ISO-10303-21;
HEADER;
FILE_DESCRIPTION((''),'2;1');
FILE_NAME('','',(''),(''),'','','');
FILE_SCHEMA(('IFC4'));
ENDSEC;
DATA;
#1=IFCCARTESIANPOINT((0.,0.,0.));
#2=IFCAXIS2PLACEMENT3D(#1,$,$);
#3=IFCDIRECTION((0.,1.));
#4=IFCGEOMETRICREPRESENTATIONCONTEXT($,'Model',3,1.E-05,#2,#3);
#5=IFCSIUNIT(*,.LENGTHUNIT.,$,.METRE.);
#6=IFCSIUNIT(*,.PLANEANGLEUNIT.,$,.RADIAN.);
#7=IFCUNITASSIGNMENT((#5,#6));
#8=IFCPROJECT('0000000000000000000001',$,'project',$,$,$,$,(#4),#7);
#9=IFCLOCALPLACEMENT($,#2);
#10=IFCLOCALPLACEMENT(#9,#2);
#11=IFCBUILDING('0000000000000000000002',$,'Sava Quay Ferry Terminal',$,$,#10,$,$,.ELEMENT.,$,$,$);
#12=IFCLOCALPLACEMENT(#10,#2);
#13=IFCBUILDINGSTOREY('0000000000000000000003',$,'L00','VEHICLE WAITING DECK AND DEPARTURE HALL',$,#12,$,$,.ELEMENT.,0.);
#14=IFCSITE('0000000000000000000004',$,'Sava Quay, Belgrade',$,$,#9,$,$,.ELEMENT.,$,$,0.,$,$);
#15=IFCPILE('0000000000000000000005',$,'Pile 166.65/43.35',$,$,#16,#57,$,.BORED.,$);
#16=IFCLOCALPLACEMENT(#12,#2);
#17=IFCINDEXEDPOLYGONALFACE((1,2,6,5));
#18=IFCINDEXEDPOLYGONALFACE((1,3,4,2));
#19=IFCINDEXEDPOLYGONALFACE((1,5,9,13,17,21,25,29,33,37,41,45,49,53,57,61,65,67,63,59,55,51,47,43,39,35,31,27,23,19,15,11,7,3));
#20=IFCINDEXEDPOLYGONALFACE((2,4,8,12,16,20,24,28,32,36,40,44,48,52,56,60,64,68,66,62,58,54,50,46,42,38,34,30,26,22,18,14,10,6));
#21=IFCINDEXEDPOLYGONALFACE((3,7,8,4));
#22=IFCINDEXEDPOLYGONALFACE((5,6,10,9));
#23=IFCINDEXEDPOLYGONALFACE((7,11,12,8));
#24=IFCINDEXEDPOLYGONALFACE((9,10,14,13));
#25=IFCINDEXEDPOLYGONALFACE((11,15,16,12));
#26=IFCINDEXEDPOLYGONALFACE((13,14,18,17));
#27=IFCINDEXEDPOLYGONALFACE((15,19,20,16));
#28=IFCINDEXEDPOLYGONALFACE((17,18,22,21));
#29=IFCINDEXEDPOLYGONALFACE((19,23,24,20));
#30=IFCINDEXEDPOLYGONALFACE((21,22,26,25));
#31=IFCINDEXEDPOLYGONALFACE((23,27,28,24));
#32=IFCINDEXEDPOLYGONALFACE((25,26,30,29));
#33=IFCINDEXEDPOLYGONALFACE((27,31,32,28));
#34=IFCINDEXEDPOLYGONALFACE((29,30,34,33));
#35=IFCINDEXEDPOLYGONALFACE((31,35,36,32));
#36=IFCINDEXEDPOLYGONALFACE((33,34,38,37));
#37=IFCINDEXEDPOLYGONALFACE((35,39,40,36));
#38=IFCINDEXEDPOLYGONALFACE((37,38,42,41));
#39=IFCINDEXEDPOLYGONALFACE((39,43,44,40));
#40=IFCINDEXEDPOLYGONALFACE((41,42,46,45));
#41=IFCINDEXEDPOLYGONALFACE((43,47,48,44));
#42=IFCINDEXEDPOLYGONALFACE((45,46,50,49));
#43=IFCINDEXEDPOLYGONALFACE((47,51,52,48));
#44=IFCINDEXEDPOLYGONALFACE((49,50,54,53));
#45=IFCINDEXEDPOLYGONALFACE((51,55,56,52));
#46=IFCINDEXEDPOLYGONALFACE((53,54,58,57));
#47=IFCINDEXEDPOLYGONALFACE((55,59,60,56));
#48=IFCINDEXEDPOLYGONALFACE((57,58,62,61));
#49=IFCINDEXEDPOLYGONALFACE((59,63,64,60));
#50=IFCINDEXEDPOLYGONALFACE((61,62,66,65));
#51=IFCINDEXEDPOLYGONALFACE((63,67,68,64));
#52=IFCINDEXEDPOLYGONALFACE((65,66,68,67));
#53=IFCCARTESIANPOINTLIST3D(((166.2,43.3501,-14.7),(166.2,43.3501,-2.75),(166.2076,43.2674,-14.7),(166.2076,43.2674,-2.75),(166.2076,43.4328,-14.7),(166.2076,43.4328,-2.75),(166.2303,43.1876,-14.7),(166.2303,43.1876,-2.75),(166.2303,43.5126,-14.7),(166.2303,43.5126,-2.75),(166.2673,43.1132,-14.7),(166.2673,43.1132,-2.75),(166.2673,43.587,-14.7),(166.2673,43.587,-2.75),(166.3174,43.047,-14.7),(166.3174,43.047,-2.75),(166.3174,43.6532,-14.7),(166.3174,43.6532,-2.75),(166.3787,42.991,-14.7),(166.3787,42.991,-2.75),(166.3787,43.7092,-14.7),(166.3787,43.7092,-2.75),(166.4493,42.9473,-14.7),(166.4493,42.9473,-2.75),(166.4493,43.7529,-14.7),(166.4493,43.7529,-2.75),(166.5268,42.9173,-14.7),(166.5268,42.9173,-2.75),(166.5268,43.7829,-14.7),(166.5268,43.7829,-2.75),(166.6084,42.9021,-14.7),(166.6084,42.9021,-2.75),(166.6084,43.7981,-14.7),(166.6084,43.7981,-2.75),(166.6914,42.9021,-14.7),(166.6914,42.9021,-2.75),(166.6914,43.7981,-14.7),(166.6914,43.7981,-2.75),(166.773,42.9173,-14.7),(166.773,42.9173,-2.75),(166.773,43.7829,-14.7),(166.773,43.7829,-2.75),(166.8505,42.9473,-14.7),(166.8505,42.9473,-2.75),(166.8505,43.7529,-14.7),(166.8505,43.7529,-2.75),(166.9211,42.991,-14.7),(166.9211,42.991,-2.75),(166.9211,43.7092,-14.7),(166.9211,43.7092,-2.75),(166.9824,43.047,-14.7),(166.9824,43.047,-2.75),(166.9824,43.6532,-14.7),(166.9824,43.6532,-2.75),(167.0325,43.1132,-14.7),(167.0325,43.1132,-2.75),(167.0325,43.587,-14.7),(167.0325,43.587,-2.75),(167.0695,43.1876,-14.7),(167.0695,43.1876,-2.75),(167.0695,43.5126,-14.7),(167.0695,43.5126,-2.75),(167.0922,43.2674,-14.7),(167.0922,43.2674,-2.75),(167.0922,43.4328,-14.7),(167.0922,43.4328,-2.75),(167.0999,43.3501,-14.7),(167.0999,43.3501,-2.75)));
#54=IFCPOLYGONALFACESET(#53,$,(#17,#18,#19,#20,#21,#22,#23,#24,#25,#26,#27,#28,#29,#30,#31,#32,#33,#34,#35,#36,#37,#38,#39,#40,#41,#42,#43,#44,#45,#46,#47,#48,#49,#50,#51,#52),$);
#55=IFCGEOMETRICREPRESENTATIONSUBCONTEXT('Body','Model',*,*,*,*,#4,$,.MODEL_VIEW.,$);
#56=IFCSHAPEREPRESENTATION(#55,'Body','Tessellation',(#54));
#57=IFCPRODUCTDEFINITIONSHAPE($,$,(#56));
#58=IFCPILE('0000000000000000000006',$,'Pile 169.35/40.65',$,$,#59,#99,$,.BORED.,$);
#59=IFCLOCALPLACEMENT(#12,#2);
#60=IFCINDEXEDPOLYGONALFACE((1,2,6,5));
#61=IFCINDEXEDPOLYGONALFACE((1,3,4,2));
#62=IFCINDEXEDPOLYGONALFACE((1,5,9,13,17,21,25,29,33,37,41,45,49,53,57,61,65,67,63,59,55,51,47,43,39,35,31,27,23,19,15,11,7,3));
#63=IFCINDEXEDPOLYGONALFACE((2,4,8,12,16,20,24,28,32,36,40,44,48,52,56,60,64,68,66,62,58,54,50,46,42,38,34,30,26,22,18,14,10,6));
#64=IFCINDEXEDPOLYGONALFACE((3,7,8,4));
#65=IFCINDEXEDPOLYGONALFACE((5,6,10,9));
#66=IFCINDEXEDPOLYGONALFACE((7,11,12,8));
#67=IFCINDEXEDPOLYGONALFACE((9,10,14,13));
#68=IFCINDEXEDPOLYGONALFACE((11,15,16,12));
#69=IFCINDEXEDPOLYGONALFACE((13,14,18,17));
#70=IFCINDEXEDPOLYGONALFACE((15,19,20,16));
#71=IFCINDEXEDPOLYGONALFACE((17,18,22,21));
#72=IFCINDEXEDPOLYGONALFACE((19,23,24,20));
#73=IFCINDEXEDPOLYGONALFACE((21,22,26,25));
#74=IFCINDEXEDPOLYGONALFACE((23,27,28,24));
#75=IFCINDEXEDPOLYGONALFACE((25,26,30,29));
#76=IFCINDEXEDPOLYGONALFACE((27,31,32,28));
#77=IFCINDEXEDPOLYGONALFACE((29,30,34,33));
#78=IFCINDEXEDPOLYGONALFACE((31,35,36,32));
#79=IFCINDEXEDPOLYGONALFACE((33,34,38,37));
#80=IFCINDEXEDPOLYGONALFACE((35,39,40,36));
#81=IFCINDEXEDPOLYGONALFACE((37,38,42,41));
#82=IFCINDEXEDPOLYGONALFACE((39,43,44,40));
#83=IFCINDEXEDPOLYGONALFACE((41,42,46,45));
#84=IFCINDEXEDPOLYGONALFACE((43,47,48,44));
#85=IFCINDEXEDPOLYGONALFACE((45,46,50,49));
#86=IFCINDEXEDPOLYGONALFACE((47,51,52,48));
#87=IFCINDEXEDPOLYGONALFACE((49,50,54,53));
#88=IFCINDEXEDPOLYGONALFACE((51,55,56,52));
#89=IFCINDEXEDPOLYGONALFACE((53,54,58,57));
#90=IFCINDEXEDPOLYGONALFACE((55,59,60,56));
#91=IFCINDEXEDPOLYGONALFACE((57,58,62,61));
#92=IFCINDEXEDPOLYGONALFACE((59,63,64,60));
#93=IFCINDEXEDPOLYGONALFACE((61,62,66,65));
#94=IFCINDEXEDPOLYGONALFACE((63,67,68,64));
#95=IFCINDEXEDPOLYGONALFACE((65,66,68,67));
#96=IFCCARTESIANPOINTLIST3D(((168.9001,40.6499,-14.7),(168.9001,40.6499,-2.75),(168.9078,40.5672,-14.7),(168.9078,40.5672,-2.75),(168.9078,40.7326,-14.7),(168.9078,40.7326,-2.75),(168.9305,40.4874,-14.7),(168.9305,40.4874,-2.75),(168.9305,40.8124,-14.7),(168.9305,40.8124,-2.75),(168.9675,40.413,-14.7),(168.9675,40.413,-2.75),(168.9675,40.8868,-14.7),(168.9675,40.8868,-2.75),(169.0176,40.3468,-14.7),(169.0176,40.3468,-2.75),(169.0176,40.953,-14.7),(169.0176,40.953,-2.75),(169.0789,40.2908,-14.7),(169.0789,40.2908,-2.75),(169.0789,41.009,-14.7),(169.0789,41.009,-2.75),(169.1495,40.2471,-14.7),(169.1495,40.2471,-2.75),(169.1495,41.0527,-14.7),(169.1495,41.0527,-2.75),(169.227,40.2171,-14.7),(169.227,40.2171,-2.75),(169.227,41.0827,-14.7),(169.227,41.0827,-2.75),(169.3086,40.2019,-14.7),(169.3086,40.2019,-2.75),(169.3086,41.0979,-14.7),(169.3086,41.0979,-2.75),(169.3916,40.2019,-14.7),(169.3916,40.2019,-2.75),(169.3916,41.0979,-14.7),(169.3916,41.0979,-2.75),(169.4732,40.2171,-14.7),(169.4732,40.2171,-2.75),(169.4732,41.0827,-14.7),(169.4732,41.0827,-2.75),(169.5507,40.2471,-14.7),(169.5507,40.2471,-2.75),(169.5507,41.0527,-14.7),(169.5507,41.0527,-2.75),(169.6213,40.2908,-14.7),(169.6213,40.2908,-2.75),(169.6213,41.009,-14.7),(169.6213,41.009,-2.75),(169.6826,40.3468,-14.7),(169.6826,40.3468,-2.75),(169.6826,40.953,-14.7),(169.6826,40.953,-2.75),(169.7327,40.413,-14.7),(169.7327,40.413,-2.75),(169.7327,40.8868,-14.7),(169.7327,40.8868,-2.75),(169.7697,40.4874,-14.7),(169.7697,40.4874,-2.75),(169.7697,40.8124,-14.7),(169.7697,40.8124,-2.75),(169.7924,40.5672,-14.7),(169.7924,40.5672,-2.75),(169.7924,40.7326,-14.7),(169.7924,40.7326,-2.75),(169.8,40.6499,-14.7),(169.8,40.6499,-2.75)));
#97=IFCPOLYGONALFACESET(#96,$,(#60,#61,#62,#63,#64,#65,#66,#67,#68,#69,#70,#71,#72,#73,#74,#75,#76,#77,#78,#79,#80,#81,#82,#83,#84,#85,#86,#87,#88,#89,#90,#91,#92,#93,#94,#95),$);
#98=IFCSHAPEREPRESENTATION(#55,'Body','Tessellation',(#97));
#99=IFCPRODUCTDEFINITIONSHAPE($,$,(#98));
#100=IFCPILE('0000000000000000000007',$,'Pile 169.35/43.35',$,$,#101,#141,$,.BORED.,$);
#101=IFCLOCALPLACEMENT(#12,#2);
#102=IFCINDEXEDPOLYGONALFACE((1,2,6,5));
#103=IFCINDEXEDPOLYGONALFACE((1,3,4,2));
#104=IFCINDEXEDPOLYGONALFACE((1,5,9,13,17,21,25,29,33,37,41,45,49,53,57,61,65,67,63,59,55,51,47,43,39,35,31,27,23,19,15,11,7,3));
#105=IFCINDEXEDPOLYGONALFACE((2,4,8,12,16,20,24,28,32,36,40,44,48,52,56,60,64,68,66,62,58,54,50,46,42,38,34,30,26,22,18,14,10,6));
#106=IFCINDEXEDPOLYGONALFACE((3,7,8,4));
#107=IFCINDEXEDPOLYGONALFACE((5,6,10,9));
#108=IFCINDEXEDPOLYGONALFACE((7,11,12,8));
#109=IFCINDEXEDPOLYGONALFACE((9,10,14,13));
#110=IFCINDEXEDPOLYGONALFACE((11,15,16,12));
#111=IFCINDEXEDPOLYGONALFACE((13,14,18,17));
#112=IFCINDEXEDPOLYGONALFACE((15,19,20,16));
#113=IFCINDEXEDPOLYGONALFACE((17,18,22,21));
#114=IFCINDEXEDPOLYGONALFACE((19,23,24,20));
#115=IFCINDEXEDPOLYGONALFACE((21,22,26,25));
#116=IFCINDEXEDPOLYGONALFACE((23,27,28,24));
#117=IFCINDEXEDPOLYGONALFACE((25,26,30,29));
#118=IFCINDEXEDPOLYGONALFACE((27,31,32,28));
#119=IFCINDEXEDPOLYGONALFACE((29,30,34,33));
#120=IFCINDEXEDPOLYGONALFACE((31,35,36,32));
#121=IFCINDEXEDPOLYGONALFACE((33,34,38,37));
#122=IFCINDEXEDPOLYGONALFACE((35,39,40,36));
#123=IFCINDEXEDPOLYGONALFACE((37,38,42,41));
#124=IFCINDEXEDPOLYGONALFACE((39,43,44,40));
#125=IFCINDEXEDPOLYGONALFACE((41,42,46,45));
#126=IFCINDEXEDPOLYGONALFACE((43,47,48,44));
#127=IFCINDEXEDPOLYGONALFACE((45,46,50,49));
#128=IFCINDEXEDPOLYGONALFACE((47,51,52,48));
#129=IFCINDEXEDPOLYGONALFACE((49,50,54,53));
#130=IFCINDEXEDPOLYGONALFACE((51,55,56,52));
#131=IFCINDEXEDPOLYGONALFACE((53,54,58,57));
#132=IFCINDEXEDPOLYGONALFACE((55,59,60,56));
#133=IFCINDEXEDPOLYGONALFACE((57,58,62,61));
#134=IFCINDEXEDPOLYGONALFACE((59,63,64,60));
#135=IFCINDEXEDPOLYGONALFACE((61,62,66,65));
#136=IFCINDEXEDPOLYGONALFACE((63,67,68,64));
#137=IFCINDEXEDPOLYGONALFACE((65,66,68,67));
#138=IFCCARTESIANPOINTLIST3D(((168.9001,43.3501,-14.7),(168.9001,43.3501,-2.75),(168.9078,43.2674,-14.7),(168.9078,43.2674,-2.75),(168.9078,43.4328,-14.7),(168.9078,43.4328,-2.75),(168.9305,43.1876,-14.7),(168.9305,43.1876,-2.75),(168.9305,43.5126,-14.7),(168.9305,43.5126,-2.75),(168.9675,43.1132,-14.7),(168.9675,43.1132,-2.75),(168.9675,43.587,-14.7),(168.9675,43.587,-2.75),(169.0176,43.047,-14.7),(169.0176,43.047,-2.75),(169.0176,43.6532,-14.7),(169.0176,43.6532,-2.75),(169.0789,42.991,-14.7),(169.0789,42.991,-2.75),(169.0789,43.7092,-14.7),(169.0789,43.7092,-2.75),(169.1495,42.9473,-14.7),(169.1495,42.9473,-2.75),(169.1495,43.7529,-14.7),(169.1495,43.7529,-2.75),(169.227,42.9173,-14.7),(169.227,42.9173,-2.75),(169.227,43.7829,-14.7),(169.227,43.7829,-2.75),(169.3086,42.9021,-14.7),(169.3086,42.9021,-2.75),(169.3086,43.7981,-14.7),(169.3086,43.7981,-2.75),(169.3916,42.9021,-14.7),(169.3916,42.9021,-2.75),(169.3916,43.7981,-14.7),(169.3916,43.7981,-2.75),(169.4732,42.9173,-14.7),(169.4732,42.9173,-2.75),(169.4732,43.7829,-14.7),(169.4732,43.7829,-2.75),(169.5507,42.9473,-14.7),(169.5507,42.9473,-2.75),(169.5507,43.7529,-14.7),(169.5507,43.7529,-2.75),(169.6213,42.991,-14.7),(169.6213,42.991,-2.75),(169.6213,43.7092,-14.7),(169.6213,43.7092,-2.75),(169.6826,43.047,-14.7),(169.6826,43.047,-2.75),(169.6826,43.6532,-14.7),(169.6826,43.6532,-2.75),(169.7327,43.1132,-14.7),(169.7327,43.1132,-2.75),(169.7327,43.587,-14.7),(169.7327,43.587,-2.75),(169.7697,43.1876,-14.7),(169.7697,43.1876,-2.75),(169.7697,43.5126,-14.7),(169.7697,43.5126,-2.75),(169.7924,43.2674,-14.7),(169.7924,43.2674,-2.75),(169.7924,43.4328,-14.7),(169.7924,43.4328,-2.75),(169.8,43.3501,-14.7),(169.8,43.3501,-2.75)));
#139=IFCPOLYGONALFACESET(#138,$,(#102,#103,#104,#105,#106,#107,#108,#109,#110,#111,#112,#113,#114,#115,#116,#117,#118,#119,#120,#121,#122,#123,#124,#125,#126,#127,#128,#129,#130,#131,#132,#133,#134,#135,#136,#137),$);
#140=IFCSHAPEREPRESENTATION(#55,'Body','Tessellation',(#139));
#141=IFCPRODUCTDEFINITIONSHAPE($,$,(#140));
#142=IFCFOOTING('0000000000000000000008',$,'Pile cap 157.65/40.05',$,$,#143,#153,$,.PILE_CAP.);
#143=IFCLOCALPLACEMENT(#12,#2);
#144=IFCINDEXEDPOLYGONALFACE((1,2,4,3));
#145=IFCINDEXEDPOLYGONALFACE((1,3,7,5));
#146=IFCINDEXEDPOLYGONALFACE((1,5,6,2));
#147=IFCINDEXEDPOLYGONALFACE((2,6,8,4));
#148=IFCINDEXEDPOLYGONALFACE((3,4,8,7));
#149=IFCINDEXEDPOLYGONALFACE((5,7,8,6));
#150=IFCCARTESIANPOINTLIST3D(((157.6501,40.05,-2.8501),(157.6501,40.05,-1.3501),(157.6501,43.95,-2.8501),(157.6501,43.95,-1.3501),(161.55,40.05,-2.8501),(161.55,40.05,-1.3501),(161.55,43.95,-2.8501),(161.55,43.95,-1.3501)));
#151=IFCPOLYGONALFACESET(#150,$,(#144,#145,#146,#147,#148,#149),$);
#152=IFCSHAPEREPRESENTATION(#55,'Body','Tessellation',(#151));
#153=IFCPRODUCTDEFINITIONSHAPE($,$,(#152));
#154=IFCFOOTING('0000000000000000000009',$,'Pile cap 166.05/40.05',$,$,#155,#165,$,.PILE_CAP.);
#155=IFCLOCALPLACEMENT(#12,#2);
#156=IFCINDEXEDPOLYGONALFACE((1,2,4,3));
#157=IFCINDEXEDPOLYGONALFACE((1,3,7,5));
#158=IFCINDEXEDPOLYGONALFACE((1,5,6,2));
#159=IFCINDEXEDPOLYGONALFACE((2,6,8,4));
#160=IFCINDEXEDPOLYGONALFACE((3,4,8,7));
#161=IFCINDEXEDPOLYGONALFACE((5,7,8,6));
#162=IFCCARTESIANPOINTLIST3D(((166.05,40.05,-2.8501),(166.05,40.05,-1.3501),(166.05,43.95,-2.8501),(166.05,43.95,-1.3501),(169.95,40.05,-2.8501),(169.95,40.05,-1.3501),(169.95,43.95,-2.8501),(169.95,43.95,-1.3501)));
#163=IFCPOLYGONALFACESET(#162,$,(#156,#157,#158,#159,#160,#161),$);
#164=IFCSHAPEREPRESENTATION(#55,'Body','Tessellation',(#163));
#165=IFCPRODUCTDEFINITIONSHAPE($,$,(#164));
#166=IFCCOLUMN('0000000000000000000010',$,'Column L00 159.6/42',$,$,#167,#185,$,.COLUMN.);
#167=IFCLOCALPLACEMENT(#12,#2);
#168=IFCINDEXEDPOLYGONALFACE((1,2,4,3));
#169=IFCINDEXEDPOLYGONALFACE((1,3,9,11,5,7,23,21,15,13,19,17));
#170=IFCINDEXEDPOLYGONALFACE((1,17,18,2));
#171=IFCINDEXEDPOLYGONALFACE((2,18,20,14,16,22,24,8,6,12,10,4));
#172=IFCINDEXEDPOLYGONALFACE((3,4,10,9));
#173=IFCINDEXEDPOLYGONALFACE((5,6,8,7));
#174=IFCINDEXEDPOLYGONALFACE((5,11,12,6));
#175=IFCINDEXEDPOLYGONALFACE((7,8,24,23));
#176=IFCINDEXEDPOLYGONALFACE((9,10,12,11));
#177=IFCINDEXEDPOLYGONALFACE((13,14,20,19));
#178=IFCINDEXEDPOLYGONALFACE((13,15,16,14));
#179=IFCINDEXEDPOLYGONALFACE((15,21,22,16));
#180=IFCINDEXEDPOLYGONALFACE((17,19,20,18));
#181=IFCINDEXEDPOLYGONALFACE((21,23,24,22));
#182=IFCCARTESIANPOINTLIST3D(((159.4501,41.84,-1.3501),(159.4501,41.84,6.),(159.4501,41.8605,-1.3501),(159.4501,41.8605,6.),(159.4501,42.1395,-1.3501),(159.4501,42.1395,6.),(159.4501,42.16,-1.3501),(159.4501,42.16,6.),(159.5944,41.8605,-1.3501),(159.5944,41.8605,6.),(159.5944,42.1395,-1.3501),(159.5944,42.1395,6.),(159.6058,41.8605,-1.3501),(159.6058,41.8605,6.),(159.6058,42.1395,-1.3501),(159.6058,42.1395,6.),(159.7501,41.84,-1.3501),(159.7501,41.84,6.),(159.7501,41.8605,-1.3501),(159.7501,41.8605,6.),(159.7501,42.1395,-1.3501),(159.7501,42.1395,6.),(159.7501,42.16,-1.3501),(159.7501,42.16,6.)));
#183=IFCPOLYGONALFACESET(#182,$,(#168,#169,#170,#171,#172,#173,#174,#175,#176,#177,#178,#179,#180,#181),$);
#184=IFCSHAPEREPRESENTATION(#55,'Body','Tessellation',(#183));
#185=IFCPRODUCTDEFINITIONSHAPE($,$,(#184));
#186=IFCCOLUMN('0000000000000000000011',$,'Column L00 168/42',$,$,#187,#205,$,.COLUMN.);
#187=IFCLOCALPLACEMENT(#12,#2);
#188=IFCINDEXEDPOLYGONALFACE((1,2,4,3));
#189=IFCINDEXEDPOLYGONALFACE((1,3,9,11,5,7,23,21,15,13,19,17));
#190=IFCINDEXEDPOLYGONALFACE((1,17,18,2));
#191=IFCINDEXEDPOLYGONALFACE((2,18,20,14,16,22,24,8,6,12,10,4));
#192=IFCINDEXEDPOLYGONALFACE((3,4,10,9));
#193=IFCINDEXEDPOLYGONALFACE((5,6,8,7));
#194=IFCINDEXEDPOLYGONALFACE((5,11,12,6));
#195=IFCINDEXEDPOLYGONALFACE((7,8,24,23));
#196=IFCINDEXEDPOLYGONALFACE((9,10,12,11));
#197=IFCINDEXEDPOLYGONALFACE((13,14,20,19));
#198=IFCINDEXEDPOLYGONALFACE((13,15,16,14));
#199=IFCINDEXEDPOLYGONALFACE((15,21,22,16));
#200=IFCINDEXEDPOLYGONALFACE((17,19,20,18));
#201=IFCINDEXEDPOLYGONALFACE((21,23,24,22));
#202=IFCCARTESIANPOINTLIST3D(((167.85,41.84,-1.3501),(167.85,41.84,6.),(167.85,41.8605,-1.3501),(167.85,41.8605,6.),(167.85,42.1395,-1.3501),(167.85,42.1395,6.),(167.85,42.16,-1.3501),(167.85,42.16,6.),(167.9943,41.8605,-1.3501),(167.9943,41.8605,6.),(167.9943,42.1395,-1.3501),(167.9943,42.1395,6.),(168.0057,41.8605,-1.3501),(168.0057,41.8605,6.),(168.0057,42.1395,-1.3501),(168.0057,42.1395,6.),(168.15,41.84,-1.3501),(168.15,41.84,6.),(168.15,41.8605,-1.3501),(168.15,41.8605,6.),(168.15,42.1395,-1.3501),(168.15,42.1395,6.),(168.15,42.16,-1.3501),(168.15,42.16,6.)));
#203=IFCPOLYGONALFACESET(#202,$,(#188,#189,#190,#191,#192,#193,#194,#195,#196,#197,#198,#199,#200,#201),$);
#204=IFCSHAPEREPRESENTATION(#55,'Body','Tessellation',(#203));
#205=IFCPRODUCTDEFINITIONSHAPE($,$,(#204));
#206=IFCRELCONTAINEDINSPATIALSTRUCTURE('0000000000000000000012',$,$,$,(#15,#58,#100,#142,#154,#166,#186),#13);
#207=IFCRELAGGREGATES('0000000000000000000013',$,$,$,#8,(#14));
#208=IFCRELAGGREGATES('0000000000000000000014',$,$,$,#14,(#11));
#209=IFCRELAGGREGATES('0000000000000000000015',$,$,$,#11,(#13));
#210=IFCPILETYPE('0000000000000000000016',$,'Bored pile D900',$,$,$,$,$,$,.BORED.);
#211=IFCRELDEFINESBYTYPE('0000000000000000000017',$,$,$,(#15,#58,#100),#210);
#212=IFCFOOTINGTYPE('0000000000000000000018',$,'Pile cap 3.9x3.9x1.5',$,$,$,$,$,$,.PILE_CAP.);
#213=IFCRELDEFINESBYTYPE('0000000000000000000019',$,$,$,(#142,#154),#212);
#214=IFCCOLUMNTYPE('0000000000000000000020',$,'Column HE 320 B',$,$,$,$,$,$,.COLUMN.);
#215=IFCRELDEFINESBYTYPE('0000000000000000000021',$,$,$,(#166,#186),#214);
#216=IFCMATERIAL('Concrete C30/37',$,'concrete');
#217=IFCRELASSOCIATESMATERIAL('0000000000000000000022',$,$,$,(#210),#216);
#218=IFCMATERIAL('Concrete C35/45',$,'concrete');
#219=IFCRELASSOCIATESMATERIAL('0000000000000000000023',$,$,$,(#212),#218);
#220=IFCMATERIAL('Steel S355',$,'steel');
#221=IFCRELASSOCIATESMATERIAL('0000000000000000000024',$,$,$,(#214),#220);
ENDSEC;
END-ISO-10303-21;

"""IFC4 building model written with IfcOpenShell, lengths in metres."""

from ifc_helpers import new_model, si_unit, direction, frame, origin, origin_2d, place, context, subcontext, project, spatial, rectangle, circle, i_section, extrude, material, material_profile, profile_set, type_object, element, save


model = new_model("IFC4")

# Units and contexts
model_context = context("Model", 3, precision=1e-05, world=origin(), true_north=direction((0.0, 1.0)))
body_context = subcontext(model_context, "Body", "Model", "MODEL_VIEW")
ifc_project = project(units=[si_unit("LENGTHUNIT", "METRE"), si_unit("PLANEANGLEUNIT", "RADIAN")], contexts=[model_context])

# Site, building, storey
site_placement = place(None, origin())
site = spatial("IfcSite", under=ifc_project, at=site_placement, Name="Sava Quay, Belgrade", CompositionType="ELEMENT", RefElevation=0.0)
building_placement = place(site_placement, origin())
building = spatial("IfcBuilding", under=site, at=building_placement, Name="Sava Quay Ferry Terminal", CompositionType="ELEMENT")
storey_placement = place(building_placement, origin())
storey = spatial("IfcBuildingStorey", under=building, at=storey_placement, Name="L00", Description="VEHICLE WAITING DECK AND DEPARTURE HALL", CompositionType="ELEMENT", Elevation=0.0)

# Piles
ifc_material_1 = material(Name="Concrete C30/37", Category="concrete")
ifc_material_profile_1 = material_profile(ifc_material_1, circle(Radius=0.45, at=origin_2d()), Name="Bored pile D900")
ifc_profile_set_1 = profile_set([ifc_material_profile_1], Name="Concrete C30/37")
pile_type = type_object("IfcPileType", Name="Bored pile D900", PredefinedType="BORED", material=ifc_profile_set_1)
for number, where, z_axis, x_axis, name in (
    (1, (166.6499, 43.3501, -2.75), (0.0, 0.0, -1.0), (1.0, 0.0, 0.0), "Pile 166.65/43.35"),
    (2, (169.3501, 40.6499, -2.75), (0.0, 0.0, -1.0), (1.0, 0.0, 0.0), "Pile 169.35/40.65"),
    (3, (169.3501, 43.3501, -2.75), (0.0, 0.0, -1.0), (1.0, 0.0, 0.0), "Pile 169.35/43.35"),
):
    element("IfcPile", number, at=place(storey_placement, frame(where, z_axis=z_axis, x_axis=x_axis)), inside=storey, type_object=pile_type, Name=name, PredefinedType="BORED", context=body_context, shape_type="SweptSolid", body=[
        extrude(circle(Radius=0.45, at=origin_2d()), origin(), (0.0, 0.0, 1.0), 11.95),
    ])

# Footings
ifc_material_2 = material(Name="Concrete C35/45", Category="concrete")
footing_type = type_object("IfcFootingType", Name="Pile cap 3.9x3.9x1.5", PredefinedType="PILE_CAP", material=ifc_material_2)
for number, where, z_axis, x_axis, name in (
    (4, (159.6001, 42.0, -2.8501), (0.0, 0.0, 1.0), (1.0, 0.0, 0.0), "Pile cap 157.65/40.05"),
    (5, (168.0, 42.0, -2.8501), (0.0, 0.0, 1.0), (1.0, 0.0, 0.0), "Pile cap 166.05/40.05"),
):
    element("IfcFooting", number, at=place(storey_placement, frame(where, z_axis=z_axis, x_axis=x_axis)), inside=storey, type_object=footing_type, Name=name, PredefinedType="PILE_CAP", context=body_context, shape_type="SweptSolid", body=[
        extrude(rectangle(XDim=3.8999, YDim=3.8999, at=origin_2d()), origin(), (0.0, 0.0, 1.0), 1.5),
    ])

# Columns
ifc_material_3 = material(Name="Steel S355", Category="steel")
ifc_material_profile_2 = material_profile(ifc_material_3, i_section(OverallWidth=0.3, OverallDepth=0.3201, WebThickness=0.0115, FlangeThickness=0.0205, at=origin_2d()), Name="HE 320 B")
ifc_profile_set_2 = profile_set([ifc_material_profile_2], Name="Steel S355")
column_type = type_object("IfcColumnType", Name="Column HE 320 B", PredefinedType="COLUMN", material=ifc_profile_set_2)
for number, where, z_axis, x_axis, name in (
    (6, (159.6001, 42.0, -1.3501), (0.0, 0.0, 1.0), (1.0, 0.0, 0.0), "Column L00 159.6/42"),
    (7, (168.0, 42.0, -1.3501), (0.0, 0.0, 1.0), (1.0, 0.0, 0.0), "Column L00 168/42"),
):
    element("IfcColumn", number, at=place(storey_placement, frame(where, z_axis=z_axis, x_axis=x_axis)), inside=storey, type_object=column_type, Name=name, PredefinedType="COLUMN", context=body_context, shape_type="SweptSolid", body=[
        extrude(i_section(OverallWidth=0.3, OverallDepth=0.3201, WebThickness=0.0115, FlangeThickness=0.0205, at=origin_2d()), origin(), (0.0, 0.0, 1.0), 7.3501),
    ])

save(model, "model.ifc")
